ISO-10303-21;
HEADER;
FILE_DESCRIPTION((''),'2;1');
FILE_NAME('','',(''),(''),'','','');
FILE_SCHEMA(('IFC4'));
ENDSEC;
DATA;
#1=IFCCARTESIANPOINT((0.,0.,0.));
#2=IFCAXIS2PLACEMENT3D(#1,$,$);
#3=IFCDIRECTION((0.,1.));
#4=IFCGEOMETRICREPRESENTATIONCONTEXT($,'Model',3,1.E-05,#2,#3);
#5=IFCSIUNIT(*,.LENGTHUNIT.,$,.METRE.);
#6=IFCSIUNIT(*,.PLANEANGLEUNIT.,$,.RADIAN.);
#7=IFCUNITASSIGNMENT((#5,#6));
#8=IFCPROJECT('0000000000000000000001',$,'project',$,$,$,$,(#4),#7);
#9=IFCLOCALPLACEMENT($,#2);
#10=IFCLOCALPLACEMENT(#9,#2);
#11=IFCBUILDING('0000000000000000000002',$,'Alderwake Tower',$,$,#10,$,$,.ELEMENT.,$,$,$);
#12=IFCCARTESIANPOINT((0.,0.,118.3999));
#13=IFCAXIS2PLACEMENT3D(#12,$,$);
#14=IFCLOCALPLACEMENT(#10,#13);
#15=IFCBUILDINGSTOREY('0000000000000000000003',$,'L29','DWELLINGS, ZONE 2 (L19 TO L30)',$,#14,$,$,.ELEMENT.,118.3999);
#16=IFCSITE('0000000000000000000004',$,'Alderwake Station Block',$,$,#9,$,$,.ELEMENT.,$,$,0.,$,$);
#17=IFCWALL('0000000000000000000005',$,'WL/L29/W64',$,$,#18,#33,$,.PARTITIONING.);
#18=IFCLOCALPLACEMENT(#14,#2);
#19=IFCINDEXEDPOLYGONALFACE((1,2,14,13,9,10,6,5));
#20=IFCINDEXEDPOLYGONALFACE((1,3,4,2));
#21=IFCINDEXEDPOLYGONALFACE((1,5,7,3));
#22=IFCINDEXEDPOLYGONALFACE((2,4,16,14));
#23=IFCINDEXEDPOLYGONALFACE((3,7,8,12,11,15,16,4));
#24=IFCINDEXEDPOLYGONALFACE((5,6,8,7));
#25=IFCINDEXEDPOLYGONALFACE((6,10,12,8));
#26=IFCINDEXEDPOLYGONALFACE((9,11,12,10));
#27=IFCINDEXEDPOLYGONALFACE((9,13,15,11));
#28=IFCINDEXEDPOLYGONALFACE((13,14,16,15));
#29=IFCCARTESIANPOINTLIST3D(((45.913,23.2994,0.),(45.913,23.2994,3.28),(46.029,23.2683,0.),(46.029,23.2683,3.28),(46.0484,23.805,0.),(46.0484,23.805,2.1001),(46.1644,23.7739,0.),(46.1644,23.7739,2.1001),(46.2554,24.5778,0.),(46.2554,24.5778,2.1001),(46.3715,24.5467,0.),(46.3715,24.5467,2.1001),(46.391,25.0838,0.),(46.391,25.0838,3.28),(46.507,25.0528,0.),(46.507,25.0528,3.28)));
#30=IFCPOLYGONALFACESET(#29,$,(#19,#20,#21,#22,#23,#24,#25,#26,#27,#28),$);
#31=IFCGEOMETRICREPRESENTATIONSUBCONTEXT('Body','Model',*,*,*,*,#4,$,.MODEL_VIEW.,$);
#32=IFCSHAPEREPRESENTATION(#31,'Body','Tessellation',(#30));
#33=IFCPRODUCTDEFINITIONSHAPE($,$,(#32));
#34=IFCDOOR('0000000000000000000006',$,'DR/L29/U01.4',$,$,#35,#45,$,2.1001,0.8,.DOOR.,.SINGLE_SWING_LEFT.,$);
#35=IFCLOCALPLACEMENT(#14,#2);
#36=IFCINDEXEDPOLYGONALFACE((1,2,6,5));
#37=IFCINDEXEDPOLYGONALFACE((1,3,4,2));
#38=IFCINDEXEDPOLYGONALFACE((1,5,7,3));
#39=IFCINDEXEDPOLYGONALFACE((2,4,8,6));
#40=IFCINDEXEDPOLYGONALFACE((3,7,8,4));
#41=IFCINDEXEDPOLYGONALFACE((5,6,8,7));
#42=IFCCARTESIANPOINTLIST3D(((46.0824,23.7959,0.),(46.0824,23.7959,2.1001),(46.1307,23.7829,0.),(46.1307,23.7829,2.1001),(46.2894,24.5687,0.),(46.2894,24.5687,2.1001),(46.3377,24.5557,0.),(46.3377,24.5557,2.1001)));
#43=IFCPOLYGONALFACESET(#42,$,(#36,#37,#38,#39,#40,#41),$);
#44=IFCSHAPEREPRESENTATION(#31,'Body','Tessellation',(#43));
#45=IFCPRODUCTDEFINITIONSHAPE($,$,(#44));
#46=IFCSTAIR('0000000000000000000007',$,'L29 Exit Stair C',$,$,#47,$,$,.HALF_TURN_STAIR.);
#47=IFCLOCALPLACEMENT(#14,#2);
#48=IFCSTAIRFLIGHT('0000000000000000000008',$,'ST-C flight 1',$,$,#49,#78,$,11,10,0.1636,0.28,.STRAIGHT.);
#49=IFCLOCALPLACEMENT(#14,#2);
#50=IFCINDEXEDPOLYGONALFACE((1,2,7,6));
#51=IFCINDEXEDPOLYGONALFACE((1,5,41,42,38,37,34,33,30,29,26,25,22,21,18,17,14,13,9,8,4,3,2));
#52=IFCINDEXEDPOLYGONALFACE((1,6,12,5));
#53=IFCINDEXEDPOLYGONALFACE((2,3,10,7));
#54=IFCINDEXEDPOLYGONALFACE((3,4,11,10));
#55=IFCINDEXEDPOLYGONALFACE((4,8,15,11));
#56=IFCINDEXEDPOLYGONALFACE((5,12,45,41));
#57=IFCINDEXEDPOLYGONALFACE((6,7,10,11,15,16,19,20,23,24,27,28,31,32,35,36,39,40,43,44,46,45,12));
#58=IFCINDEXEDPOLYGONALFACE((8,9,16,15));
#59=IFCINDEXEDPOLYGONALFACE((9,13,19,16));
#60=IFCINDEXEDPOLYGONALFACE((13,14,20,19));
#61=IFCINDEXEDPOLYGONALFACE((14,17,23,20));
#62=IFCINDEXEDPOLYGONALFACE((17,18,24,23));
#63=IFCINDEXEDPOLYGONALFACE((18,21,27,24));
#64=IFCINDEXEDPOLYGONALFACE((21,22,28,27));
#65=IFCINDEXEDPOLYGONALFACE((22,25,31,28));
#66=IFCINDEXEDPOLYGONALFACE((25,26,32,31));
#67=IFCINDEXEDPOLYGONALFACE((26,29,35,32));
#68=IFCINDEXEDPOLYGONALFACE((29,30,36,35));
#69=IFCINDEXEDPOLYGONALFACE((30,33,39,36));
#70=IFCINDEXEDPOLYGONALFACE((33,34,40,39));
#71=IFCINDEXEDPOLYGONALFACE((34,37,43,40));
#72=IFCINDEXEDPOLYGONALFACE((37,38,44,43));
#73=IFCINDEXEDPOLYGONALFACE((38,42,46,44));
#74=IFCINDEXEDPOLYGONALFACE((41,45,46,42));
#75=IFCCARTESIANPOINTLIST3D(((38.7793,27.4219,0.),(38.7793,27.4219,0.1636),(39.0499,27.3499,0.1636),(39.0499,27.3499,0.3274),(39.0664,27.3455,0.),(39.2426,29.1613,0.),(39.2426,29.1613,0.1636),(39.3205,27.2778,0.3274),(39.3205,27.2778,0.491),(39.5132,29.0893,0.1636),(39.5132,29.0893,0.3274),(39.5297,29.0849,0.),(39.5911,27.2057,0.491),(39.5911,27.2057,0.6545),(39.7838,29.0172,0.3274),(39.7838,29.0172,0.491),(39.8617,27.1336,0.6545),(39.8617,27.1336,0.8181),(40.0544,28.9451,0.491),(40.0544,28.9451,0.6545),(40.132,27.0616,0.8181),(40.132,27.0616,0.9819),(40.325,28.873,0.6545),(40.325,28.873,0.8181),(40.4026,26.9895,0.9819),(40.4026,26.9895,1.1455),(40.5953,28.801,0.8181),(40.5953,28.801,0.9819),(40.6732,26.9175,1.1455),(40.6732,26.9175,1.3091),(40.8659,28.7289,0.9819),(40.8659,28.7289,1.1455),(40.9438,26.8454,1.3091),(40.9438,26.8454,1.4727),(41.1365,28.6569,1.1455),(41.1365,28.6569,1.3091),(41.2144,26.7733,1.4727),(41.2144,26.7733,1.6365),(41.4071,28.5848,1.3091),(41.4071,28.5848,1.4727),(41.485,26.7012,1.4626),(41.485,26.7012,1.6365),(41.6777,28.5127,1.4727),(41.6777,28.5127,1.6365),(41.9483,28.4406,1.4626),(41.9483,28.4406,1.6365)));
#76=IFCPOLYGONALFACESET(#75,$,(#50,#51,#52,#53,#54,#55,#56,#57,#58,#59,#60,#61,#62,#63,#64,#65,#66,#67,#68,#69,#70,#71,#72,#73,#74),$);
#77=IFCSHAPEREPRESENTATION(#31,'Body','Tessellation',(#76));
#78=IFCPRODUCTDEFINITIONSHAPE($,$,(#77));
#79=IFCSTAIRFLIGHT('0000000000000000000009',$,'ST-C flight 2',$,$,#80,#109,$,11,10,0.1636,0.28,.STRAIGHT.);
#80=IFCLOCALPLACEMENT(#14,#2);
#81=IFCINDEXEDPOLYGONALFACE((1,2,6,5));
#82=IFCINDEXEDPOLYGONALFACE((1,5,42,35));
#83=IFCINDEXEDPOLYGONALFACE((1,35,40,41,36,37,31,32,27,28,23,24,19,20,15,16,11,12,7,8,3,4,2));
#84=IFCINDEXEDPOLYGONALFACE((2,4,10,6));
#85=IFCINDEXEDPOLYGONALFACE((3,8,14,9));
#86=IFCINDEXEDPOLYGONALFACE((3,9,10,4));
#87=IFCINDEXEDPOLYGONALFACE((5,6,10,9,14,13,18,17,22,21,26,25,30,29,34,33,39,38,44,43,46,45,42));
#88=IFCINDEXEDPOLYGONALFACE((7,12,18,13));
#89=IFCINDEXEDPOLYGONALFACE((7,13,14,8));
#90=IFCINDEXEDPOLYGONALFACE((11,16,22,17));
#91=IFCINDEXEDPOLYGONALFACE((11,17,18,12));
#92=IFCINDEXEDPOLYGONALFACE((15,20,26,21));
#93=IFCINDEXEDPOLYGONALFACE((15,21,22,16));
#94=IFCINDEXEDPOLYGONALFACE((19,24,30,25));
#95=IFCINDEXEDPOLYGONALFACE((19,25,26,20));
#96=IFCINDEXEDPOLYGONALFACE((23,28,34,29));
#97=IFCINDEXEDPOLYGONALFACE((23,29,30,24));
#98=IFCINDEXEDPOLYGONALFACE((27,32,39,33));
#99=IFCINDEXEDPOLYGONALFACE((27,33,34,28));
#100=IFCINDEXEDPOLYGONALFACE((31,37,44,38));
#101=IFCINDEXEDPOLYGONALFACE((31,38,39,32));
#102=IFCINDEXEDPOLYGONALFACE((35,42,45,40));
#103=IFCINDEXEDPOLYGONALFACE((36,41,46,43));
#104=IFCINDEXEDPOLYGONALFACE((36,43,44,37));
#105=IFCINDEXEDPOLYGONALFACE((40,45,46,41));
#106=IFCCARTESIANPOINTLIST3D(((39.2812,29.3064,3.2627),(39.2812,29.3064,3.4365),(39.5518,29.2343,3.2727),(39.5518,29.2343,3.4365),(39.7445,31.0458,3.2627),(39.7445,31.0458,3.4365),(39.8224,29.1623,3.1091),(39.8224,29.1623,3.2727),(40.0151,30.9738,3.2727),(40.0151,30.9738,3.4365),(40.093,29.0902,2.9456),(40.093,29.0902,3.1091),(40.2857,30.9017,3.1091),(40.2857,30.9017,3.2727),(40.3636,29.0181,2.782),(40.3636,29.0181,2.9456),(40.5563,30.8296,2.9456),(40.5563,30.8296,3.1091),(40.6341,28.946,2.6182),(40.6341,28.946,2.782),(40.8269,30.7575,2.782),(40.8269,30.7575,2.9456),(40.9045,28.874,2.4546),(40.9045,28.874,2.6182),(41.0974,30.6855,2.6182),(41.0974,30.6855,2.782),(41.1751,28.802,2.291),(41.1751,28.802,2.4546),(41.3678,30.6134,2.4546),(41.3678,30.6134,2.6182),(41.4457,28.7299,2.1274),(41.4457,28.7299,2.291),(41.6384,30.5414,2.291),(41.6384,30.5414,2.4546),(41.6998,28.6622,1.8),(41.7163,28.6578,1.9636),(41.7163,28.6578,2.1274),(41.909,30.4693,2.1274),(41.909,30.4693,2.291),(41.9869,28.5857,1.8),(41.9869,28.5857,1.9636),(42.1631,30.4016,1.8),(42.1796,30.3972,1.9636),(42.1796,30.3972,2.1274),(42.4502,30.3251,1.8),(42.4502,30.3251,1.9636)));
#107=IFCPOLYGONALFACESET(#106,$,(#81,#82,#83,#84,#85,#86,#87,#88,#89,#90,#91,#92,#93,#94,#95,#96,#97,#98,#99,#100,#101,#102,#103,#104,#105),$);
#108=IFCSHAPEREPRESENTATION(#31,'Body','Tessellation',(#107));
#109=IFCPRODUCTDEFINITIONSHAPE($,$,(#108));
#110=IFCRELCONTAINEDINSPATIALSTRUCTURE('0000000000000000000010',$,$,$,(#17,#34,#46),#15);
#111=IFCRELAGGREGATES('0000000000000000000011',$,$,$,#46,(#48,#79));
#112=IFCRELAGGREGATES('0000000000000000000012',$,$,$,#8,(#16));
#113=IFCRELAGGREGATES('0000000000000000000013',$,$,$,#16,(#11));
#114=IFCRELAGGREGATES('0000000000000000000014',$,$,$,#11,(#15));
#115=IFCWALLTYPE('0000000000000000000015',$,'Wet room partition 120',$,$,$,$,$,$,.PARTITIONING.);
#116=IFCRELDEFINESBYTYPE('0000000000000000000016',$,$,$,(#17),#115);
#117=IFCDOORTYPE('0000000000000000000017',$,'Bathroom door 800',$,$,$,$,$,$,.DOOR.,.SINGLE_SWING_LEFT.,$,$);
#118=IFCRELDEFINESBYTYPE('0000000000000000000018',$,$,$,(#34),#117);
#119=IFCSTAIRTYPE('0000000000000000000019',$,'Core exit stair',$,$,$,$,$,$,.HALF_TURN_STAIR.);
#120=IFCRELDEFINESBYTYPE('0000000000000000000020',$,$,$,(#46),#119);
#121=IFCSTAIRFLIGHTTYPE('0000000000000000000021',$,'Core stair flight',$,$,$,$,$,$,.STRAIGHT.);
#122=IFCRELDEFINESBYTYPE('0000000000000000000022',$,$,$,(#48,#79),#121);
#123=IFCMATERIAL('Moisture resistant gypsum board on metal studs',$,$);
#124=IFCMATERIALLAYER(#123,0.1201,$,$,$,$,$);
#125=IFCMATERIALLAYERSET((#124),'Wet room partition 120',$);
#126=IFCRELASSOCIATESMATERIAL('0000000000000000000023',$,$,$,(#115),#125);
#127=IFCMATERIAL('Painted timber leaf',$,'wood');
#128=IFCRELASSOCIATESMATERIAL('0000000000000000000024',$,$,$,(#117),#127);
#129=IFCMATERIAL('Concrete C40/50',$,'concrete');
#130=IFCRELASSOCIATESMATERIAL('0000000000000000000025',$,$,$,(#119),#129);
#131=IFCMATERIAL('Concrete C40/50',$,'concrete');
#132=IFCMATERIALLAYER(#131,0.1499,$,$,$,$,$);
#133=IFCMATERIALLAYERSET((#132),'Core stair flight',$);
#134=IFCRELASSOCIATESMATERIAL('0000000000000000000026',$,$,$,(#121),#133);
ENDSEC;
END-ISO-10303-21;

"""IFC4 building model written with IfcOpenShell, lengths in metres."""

from ifc_helpers import new_model, si_unit, direction, frame, frame_2d, origin, place, context, subcontext, project, spatial, polyline, rectangle, outline, extrude, material, layer, layer_set, type_object, element, fill, aggregate, save


model = new_model("IFC4")

# Units and contexts
model_context = context("Model", 3, precision=1e-05, world=origin(), true_north=direction((0.0, 1.0)))
body_context = subcontext(model_context, "Body", "Model", "MODEL_VIEW")
ifc_project = project(units=[si_unit("LENGTHUNIT", "METRE"), si_unit("PLANEANGLEUNIT", "RADIAN")], contexts=[model_context])

# Site, building, storey
site_placement = place(None, origin())
site = spatial("IfcSite", under=ifc_project, at=site_placement, Name="Alderwake Station Block", CompositionType="ELEMENT", RefElevation=0.0)
building_placement = place(site_placement, origin())
building = spatial("IfcBuilding", under=site, at=building_placement, Name="Alderwake Tower", CompositionType="ELEMENT")
storey_placement = place(building_placement, frame((0.0, 0.0, 118.3999)))
storey = spatial("IfcBuildingStorey", under=building, at=storey_placement, Name="L29", Description="DWELLINGS, ZONE 2 (L19 TO L30)", CompositionType="ELEMENT", Elevation=118.3999)

# Shared definitions
ifc_material_1 = material(Name="Moisture resistant gypsum board on metal studs")
ifc_layer_1 = layer(ifc_material_1, 0.1201)
ifc_layer_set_1 = layer_set([ifc_layer_1], Name="Wet room partition 120")
wall_type_1 = type_object("IfcWallType", Name="Wet room partition 120", PredefinedType="PARTITIONING", material=ifc_layer_set_1)

# Shared definitions
ifc_material_2 = material(Name="Painted timber leaf", Category="wood")
door_type_1 = type_object("IfcDoorType", Name="Bathroom door 800", OperationType="SINGLE_SWING_LEFT", PredefinedType="DOOR", material=ifc_material_2)

# Wall, opening, door
wall_1_placement = place(storey_placement, frame((45.9709, 23.2837, 0.0), z_axis=(0.0, 0.0, 1.0), x_axis=(0.258765, 0.96594, 0.0)))
wall_1 = element("IfcWall", 1, at=wall_1_placement, inside=storey, type_object=wall_type_1, Name="WL/L29/W64", PredefinedType="PARTITIONING", context=body_context, shape_type="SweptSolid", body=[
    extrude(rectangle(XDim=1.8474, YDim=0.1201, at=frame_2d((0.9238, 0.0))), origin(), (0.0, 0.0, 1.0), 3.28),
])
opening_1_placement = place(wall_1_placement, frame((0.5237, 0.0, 0.0)))
opening_1 = element("IfcOpeningElement", 2, at=opening_1_placement, cuts=wall_1, PredefinedType="OPENING", context=body_context, shape_type="SweptSolid", body=[
    extrude(rectangle(XDim=0.8, YDim=2.1001, at=frame_2d((0.3999, 1.05))), frame((0.0, 0.0701, 0.0), z_axis=(0.0, -1.0, 0.0), x_axis=(1.0, 0.0, 0.0)), (0.0, 0.0, 1.0), 0.1401),
])
door_1_placement = place(opening_1_placement, origin())
door_1 = element("IfcDoor", 3, at=door_1_placement, inside=storey, type_object=door_type_1, Name="DR/L29/U01.4", OperationType="SINGLE_SWING_LEFT", OverallHeight=2.1001, OverallWidth=0.8, PredefinedType="DOOR", context=body_context, shape_type="SweptSolid", body=[
    extrude(rectangle(XDim=0.8, YDim=2.1001, at=frame_2d((0.3999, 1.05))), frame((0.0, 0.0249, 0.0), z_axis=(0.0, -1.0, 0.0), x_axis=(1.0, 0.0, 0.0)), (0.0, 0.0, 1.0), 0.05),
])
fill(opening_1, door_1)

# Stair, stair flights
ifc_material_3 = material(Name="Concrete C40/50", Category="concrete")
stair_type = type_object("IfcStairType", Name="Core exit stair", PredefinedType="HALF_TURN_STAIR", material=ifc_material_3)
stair_placement = place(storey_placement, origin())
stair = element("IfcStair", 4, at=stair_placement, inside=storey, type_object=stair_type, Name="L29 Exit Stair C", PredefinedType="HALF_TURN_STAIR")
ifc_material_4 = material(Name="Concrete C40/50", Category="concrete")
ifc_layer_2 = layer(ifc_material_4, 0.1499)
ifc_layer_set_2 = layer_set([ifc_layer_2], Name="Core stair flight")
stair_flight_type = type_object("IfcStairFlightType", Name="Core stair flight", PredefinedType="STRAIGHT", material=ifc_layer_set_2)
stair_flight_1_placement = place(storey_placement, frame((39.011, 28.2917, 0.0), z_axis=(0.0, 0.0, 1.0), x_axis=(0.96631, -0.257382, 0.0)))
stair_flight_1 = element("IfcStairFlight", 5, at=stair_flight_1_placement, type_object=stair_flight_type, Name="ST-C flight 1", NumberOfRisers=11, NumberOfTreads=10, PredefinedType="STRAIGHT", RiserHeight=0.1636, TreadLength=0.28, context=body_context, shape_type="SweptSolid", body=[
    extrude(outline(polyline([(0.0, 0.0), (0.0, 0.1636), (0.28, 0.1636), (0.28, 0.3274), (0.5601, 0.3274), (0.5601, 0.491), (0.8401, 0.491), (0.8401, 0.6545), (1.1201, 0.6545), (1.1201, 0.8181), (1.3999, 0.8181), (1.3999, 0.9819), (1.6799, 0.9819), (1.6799, 1.1455), (1.96, 1.1455), (1.96, 1.3091), (2.24, 1.3091), (2.24, 1.4727), (2.52, 1.4727), (2.52, 1.6365), (2.8, 1.6365), (2.8, 1.8), (2.8, 1.4626), (0.2971, 0.0), (0.0, 0.0)])), frame((0.0, 0.8999, 0.0), z_axis=(0.0, -1.0, 0.0), x_axis=(1.0, 0.0, 0.0)), (0.0, 0.0, 1.0), 1.8),
])
stair_flight_2_placement = place(storey_placement, frame((42.2185, 29.4553, 1.8), z_axis=(0.0, 0.0, 1.0), x_axis=(-0.96631, 0.257382, 0.0)))
stair_flight_2 = element("IfcStairFlight", 6, at=stair_flight_2_placement, type_object=stair_flight_type, Name="ST-C flight 2", NumberOfRisers=11, NumberOfTreads=10, PredefinedType="STRAIGHT", RiserHeight=0.1636, TreadLength=0.28, context=body_context, shape_type="SweptSolid", body=[
    extrude(outline(polyline([(0.0, 0.0), (0.0, 0.1636), (0.28, 0.1636), (0.28, 0.3274), (0.5601, 0.3274), (0.5601, 0.491), (0.8401, 0.491), (0.8401, 0.6545), (1.1201, 0.6545), (1.1201, 0.8181), (1.3999, 0.8181), (1.3999, 0.9819), (1.6799, 0.9819), (1.6799, 1.1455), (1.96, 1.1455), (1.96, 1.3091), (2.24, 1.3091), (2.24, 1.4727), (2.52, 1.4727), (2.52, 1.6365), (2.8, 1.6365), (2.8, 1.8), (2.8, 1.4626), (0.2971, 0.0), (0.0, 0.0)])), frame((0.0, 0.8999, 0.0), z_axis=(0.0, -1.0, 0.0), x_axis=(1.0, 0.0, 0.0)), (0.0, 0.0, 1.0), 1.8),
])
aggregate(stair, [stair_flight_1, stair_flight_2])

save(model, "model.ifc")
